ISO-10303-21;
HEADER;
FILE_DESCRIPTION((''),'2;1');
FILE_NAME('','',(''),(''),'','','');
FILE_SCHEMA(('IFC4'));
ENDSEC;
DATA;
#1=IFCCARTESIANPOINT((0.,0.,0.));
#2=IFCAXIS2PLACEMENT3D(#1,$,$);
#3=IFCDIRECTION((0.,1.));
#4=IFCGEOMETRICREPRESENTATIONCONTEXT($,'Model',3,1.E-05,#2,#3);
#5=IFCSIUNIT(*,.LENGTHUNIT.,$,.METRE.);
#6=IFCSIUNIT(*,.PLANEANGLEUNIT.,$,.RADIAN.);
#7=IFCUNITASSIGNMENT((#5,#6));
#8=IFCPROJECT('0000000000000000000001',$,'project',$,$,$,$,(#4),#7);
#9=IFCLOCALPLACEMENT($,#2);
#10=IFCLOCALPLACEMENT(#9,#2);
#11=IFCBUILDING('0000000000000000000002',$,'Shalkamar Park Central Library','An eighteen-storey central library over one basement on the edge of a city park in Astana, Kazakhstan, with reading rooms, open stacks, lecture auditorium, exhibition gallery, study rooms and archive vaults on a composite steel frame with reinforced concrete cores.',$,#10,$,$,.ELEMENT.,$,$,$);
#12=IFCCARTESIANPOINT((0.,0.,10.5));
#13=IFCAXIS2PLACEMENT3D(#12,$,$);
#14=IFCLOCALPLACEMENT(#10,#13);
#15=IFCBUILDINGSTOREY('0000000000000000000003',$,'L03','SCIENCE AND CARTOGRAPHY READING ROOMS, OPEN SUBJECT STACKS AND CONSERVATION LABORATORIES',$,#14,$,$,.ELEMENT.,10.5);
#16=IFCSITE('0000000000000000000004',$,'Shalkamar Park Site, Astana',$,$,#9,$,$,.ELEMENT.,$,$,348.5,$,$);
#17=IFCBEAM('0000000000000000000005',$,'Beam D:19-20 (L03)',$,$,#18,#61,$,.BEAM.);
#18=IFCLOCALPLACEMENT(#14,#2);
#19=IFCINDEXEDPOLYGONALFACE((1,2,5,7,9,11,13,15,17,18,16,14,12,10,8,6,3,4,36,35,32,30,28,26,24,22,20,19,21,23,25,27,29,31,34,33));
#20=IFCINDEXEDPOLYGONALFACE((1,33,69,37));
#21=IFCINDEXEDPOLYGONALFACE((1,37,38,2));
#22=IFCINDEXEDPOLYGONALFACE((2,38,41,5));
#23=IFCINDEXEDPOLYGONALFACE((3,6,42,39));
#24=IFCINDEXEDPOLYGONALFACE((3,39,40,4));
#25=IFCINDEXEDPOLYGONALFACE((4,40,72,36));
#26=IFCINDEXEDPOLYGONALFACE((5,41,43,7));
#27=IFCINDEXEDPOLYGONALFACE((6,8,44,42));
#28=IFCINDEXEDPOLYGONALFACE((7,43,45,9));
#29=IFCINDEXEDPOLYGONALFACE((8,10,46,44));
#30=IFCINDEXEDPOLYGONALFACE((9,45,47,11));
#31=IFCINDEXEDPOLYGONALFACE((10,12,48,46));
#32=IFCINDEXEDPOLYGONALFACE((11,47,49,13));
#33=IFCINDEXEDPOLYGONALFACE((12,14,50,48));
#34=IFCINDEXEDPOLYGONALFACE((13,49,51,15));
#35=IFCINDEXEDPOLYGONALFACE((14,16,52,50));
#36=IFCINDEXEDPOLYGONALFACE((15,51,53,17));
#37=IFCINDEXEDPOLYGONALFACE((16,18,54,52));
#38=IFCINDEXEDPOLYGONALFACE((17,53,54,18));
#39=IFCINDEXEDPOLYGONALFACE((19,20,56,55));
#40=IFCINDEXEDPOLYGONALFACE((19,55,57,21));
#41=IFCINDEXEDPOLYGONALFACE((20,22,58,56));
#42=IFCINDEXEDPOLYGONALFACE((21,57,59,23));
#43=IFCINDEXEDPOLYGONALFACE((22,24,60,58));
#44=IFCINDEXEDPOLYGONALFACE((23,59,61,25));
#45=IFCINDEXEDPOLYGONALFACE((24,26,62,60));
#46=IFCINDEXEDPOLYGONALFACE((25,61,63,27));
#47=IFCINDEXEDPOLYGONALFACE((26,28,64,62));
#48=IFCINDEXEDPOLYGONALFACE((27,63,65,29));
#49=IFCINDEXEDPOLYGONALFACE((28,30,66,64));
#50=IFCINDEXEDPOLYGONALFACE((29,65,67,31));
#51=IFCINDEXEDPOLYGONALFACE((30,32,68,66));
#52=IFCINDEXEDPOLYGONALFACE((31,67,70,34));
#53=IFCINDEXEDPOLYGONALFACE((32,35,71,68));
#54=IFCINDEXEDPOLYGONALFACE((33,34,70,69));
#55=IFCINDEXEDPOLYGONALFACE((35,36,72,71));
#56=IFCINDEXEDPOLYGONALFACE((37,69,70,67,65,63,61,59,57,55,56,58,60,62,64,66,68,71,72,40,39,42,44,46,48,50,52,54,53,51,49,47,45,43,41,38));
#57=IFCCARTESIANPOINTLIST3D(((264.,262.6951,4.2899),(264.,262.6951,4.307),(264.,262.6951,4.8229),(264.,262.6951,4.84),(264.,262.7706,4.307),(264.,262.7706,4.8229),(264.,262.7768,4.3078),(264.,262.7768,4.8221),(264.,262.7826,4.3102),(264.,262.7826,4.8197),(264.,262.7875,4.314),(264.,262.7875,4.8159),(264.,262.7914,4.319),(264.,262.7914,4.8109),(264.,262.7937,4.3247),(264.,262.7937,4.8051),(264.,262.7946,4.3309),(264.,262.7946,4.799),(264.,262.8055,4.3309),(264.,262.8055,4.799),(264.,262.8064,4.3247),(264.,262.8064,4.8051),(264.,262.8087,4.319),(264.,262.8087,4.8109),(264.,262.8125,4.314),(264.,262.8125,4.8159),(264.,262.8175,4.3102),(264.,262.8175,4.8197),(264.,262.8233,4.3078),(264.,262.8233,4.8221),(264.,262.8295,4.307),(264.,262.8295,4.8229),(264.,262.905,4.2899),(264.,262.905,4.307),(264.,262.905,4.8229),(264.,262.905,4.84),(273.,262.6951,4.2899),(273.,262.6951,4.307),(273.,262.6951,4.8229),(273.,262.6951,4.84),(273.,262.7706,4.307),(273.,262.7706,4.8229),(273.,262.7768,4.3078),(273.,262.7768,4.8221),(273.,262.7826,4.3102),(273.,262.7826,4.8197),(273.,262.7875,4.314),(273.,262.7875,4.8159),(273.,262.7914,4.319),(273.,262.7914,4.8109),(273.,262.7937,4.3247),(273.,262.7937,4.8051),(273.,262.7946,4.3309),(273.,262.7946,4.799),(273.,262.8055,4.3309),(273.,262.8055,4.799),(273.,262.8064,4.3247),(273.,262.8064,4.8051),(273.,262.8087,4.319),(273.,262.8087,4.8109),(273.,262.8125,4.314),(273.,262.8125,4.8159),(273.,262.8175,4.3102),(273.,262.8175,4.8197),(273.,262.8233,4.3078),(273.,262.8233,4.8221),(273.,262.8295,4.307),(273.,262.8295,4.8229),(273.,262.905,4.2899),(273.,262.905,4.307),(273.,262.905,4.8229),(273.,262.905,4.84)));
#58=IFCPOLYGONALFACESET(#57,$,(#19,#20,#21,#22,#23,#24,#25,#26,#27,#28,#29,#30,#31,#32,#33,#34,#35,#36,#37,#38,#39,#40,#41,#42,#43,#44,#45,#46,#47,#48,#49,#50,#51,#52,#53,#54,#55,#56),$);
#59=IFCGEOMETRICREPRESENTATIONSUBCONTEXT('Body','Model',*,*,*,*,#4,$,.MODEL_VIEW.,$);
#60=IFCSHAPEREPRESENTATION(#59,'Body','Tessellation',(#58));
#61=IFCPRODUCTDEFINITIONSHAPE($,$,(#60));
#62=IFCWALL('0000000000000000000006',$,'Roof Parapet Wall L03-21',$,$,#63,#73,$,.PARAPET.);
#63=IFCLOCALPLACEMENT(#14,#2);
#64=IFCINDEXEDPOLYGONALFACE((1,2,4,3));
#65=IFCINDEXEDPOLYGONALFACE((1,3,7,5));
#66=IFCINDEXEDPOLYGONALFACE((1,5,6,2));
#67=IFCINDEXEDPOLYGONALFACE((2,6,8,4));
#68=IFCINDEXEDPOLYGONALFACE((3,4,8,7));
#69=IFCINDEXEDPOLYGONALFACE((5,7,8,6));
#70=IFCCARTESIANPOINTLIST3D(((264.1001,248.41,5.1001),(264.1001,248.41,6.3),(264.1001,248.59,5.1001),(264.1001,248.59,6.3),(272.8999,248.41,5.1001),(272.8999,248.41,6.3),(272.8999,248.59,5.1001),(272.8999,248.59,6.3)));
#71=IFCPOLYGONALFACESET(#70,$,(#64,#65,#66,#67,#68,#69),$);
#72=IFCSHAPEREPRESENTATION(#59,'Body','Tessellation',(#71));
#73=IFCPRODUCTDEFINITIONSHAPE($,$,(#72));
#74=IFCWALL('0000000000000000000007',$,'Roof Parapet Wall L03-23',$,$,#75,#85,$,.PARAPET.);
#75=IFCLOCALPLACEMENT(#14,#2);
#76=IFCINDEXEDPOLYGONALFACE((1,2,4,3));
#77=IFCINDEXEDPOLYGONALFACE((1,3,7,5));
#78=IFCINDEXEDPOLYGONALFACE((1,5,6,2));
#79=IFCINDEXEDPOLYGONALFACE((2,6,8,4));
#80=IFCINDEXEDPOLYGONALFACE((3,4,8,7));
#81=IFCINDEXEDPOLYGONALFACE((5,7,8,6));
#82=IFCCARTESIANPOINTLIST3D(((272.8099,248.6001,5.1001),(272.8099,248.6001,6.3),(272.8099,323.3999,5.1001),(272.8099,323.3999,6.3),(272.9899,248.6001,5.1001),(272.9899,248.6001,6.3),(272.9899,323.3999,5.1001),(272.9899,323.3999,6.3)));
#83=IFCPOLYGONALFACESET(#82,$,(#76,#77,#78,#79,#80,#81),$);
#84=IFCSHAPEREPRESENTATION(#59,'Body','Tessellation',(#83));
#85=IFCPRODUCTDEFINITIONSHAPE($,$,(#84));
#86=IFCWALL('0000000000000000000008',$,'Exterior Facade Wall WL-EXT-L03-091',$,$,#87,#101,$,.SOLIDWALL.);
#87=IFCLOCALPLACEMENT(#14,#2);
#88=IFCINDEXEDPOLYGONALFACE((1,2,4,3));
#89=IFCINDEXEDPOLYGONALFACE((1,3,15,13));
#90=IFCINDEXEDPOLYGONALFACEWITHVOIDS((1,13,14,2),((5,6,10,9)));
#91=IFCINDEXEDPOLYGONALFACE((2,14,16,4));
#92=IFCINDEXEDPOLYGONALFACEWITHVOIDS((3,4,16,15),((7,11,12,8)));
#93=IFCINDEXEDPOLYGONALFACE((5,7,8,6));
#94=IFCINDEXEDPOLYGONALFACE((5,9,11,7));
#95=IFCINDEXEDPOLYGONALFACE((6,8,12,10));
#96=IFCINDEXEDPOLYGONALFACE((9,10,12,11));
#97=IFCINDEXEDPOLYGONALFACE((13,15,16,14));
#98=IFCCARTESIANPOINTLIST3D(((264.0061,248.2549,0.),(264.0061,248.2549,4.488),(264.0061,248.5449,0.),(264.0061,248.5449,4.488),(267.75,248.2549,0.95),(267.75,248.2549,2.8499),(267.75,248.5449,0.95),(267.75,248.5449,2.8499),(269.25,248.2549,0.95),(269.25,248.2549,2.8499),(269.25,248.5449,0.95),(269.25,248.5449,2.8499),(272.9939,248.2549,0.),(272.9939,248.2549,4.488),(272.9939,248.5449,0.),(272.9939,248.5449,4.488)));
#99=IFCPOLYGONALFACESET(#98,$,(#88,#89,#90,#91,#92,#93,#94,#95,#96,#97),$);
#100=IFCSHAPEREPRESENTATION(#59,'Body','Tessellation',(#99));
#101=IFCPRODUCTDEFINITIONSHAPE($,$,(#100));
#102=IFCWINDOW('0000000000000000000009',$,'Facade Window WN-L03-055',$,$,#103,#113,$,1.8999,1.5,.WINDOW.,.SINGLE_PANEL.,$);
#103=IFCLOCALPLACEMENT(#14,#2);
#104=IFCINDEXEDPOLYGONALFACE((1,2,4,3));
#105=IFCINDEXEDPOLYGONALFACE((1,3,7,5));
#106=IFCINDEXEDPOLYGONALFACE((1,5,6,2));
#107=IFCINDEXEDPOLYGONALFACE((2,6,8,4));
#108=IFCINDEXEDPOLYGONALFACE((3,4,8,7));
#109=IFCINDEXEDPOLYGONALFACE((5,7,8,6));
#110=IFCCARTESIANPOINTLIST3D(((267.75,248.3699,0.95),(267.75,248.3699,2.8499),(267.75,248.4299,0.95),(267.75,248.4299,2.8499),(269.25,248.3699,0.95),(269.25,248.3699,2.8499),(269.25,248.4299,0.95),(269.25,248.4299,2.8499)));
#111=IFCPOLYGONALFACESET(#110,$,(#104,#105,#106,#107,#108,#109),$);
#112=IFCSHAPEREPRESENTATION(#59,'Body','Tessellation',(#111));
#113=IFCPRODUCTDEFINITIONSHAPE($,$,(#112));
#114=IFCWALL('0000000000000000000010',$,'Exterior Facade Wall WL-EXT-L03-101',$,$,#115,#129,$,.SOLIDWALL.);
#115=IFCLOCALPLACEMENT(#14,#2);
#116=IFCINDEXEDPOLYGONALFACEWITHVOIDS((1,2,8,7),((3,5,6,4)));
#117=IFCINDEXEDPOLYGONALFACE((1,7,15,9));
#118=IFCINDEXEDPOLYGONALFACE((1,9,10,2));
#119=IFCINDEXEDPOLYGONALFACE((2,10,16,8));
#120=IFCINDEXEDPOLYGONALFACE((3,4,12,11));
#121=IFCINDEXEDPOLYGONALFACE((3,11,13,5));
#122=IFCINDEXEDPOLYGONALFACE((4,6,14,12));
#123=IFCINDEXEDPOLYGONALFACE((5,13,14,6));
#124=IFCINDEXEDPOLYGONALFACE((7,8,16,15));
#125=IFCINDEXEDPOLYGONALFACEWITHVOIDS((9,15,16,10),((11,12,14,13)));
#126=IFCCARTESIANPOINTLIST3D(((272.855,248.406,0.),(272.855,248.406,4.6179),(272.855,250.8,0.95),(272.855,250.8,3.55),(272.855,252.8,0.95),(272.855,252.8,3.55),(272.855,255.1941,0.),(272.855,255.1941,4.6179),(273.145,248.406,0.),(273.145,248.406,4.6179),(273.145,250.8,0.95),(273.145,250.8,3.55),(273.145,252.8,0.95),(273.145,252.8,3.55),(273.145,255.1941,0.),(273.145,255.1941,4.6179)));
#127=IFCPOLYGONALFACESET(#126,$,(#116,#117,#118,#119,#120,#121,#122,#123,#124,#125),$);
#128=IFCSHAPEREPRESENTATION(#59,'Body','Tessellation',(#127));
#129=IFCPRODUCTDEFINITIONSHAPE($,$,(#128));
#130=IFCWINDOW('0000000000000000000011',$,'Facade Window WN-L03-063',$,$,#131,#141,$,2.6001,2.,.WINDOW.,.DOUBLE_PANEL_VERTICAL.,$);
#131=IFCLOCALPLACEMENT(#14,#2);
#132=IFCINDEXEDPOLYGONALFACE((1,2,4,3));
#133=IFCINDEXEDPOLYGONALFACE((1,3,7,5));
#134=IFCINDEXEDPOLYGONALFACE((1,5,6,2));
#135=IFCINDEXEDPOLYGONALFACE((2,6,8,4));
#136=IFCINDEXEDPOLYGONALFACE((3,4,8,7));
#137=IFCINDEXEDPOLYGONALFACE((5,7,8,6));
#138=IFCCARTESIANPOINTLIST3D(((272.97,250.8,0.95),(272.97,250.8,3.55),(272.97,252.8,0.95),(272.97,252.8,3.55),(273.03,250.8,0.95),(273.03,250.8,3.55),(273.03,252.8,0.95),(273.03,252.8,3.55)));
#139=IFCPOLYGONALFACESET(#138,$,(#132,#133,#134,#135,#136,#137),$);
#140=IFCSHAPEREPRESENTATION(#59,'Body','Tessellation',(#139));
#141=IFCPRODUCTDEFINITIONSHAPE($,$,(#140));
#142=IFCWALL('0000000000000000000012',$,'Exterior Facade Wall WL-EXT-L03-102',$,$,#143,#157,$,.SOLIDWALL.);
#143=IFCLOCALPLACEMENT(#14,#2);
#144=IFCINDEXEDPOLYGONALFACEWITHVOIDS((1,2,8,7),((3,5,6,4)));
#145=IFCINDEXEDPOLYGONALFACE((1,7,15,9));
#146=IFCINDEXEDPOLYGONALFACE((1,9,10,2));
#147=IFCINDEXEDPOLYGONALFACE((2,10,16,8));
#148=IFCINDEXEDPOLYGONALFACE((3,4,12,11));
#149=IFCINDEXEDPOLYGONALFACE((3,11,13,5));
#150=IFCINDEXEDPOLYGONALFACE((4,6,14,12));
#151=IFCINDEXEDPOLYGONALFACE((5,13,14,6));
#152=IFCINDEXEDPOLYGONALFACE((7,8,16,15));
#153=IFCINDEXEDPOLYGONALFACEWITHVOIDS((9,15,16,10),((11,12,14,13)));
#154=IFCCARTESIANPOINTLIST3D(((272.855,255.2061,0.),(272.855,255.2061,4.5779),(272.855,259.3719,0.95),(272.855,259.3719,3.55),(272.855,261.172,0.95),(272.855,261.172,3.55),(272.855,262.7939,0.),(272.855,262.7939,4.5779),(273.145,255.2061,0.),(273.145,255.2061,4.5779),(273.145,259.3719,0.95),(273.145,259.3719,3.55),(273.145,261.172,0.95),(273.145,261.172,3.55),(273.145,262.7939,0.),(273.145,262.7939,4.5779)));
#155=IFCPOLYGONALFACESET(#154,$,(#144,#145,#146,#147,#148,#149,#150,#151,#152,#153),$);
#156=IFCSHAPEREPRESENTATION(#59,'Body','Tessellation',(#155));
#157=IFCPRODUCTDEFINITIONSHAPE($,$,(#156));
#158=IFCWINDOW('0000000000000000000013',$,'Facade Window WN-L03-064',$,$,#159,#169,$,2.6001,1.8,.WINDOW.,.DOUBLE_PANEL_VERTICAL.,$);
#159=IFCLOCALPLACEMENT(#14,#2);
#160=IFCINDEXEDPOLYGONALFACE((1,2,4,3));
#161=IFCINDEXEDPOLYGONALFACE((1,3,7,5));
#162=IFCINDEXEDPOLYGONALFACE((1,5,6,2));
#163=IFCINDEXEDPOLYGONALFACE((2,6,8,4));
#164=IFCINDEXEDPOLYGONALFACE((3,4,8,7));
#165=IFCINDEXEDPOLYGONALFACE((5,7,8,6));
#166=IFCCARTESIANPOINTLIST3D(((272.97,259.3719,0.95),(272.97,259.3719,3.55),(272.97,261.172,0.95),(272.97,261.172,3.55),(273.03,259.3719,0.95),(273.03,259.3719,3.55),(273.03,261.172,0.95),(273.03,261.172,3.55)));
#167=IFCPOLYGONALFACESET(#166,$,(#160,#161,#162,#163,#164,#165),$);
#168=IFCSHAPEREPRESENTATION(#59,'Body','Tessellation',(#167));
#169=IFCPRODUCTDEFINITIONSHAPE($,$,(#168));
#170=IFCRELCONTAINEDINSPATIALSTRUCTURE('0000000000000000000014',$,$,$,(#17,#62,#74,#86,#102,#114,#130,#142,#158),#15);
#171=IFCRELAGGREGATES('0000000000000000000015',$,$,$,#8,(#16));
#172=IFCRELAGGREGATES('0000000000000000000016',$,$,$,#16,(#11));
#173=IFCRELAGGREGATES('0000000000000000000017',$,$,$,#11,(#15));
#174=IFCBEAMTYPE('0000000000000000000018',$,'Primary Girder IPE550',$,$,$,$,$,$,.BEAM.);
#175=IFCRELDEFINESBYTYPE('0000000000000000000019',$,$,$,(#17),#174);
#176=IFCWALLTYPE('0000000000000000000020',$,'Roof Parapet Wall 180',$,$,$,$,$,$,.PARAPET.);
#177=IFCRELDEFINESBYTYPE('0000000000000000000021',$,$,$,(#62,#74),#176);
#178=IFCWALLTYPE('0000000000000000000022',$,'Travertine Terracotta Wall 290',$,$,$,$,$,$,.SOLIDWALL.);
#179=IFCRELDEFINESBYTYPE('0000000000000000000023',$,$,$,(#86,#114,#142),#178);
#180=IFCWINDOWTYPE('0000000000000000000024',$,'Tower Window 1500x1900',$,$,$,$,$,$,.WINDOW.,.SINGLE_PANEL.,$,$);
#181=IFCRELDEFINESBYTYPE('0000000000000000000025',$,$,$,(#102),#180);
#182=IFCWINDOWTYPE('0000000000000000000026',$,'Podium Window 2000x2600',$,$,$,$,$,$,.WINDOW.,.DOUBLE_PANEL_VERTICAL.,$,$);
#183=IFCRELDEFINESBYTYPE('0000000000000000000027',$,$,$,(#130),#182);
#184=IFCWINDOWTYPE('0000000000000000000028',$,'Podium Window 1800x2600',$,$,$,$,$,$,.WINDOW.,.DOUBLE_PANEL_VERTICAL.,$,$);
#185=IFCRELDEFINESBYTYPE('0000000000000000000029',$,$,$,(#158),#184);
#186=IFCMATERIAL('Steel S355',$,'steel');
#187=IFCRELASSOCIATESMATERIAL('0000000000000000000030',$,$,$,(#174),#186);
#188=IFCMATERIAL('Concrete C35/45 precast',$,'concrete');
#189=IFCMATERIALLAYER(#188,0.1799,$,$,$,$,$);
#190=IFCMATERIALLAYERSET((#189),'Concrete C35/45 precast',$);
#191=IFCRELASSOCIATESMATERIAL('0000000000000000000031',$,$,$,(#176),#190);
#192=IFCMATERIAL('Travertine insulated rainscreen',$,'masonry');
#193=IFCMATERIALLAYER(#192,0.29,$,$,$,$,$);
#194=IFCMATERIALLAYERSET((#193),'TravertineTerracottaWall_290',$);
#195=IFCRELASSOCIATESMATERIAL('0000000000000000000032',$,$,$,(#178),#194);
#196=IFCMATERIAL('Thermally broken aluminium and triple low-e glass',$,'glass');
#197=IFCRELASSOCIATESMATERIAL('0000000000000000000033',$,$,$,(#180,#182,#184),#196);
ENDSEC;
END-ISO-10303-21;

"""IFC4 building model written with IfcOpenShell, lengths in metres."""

from ifc_helpers import new_model, si_unit, direction, frame, frame_2d, origin, origin_2d, place, context, subcontext, project, spatial, rectangle, i_section, extrude, material, layer, layer_set, material_profile, profile_set, type_object, element, fill, save


model = new_model("IFC4")

# Units and contexts
model_context = context("Model", 3, precision=1e-05, world=origin(), true_north=direction((0.0, 1.0)))
body_context = subcontext(model_context, "Body", "Model", "MODEL_VIEW")
ifc_project = project(units=[si_unit("LENGTHUNIT", "METRE"), si_unit("PLANEANGLEUNIT", "RADIAN")], contexts=[model_context])

# Site, building, storey
site_placement = place(None, origin())
site = spatial("IfcSite", under=ifc_project, at=site_placement, Name="Shalkamar Park Site, Astana", CompositionType="ELEMENT", RefElevation=348.5)
building_placement = place(site_placement, origin())
building = spatial("IfcBuilding", under=site, at=building_placement, Name="Shalkamar Park Central Library", Description="An eighteen-storey central library over one basement on the edge of a city park in Astana, Kazakhstan, with reading rooms, open stacks, lecture auditorium, exhibition gallery, study rooms and archive vaults on a composite steel frame with reinforced concrete cores.", CompositionType="ELEMENT")
storey_placement = place(building_placement, frame((0.0, 0.0, 10.5)))
storey = spatial("IfcBuildingStorey", under=building, at=storey_placement, Name="L03", Description="SCIENCE AND CARTOGRAPHY READING ROOMS, OPEN SUBJECT STACKS AND CONSERVATION LABORATORIES", CompositionType="ELEMENT", Elevation=10.5)

# Shared definitions
ifc_material_1 = material(Name="Steel S355", Category="steel")

# Beam
ifc_material_profile_1 = material_profile(ifc_material_1, i_section(OverallWidth=0.21, OverallDepth=0.55, WebThickness=0.011, FlangeThickness=0.0171, FilletRadius=0.0239, at=origin_2d()), Name="IPE 550")
ifc_profile_set_1 = profile_set([ifc_material_profile_1], Name="Steel S355")
beam_type_1 = type_object("IfcBeamType", Name="Primary Girder IPE550", PredefinedType="BEAM", material=ifc_profile_set_1)
for number, where, z_axis, x_axis, name in (
    (1, (264.0, 262.8, 4.5649), (1.0, 0.0, 0.0), (0.0, 1.0, 0.0), "Beam D:19-20 (L03)"),
):
    element("IfcBeam", number, at=place(storey_placement, frame(where, z_axis=z_axis, x_axis=x_axis)), inside=storey, type_object=beam_type_1, Name=name, PredefinedType="BEAM", context=body_context, shape_type="SweptSolid", body=[
        extrude(i_section(OverallWidth=0.21, OverallDepth=0.55, WebThickness=0.011, FlangeThickness=0.0171, FilletRadius=0.0239, at=origin_2d()), origin(), (0.0, 0.0, 1.0), 9.0),
    ])

# Walls
ifc_material_2 = material(Name="Concrete C35/45 precast", Category="concrete")
ifc_layer_1 = layer(ifc_material_2, 0.1799)
ifc_layer_set_1 = layer_set([ifc_layer_1], Name="Concrete C35/45 precast")
wall_type_1 = type_object("IfcWallType", Name="Roof Parapet Wall 180", PredefinedType="PARAPET", material=ifc_layer_set_1)
wall_1_placement = place(storey_placement, frame((264.1001, 248.5, 5.1001), z_axis=(0.0, 0.0, 1.0), x_axis=(1.0, 0.0, 0.0)))
element("IfcWall", 2, at=wall_1_placement, inside=storey, type_object=wall_type_1, Name="Roof Parapet Wall L03-21", PredefinedType="PARAPET", context=body_context, shape_type="SweptSolid", body=[
    extrude(rectangle(XDim=8.7998, YDim=0.1799, at=frame_2d((4.3999, 0.0))), origin(), (0.0, 0.0, 1.0), 1.2),
])
wall_2_placement = place(storey_placement, frame((272.8999, 248.6001, 5.1001), z_axis=(0.0, 0.0, 1.0), x_axis=(0.0, 1.0, 0.0)))
element("IfcWall", 3, at=wall_2_placement, inside=storey, type_object=wall_type_1, Name="Roof Parapet Wall L03-23", PredefinedType="PARAPET", context=body_context, shape_type="SweptSolid", body=[
    extrude(rectangle(XDim=74.7998, YDim=0.1799, at=frame_2d((37.3999, 0.0))), origin(), (0.0, 0.0, 1.0), 1.2),
])

# Walls, openings, windows
ifc_material_3 = material(Name="Travertine insulated rainscreen", Category="masonry")
ifc_layer_2 = layer(ifc_material_3, 0.29)
ifc_layer_set_2 = layer_set([ifc_layer_2], Name="TravertineTerracottaWall_290")
wall_type_2 = type_object("IfcWallType", Name="Travertine Terracotta Wall 290", PredefinedType="SOLIDWALL", material=ifc_layer_set_2)
wall_3_placement = place(storey_placement, frame((264.0061, 248.3999, 0.0), z_axis=(0.0, 0.0, 1.0), x_axis=(1.0, 0.0, 0.0)))
wall_3 = element("IfcWall", 4, at=wall_3_placement, inside=storey, type_object=wall_type_2, Name="Exterior Facade Wall WL-EXT-L03-091", PredefinedType="SOLIDWALL", context=body_context, shape_type="SweptSolid", body=[
    extrude(rectangle(XDim=8.9878, YDim=0.29, at=frame_2d((4.4939, 0.0))), origin(), (0.0, 0.0, 1.0), 4.488),
])
opening_1_placement = place(wall_3_placement, frame((3.7439, 0.0, 0.95)))
opening_1 = element("IfcOpeningElement", 5, at=opening_1_placement, cuts=wall_3, PredefinedType="OPENING", context=body_context, shape_type="SweptSolid", body=[
    extrude(rectangle(XDim=1.5, YDim=1.8999, at=frame_2d((0.75, 0.95))), frame((0.0, 0.1599, 0.0), z_axis=(0.0, -1.0, 0.0), x_axis=(1.0, 0.0, 0.0)), (0.0, 0.0, 1.0), 0.3198),
])
ifc_material_4 = material(Name="Thermally broken aluminium and triple low-e glass", Category="glass")
window_type_1 = type_object("IfcWindowType", Name="Tower Window 1500x1900", PartitioningType="SINGLE_PANEL", PredefinedType="WINDOW", material=ifc_material_4)
window_1_placement = place(opening_1_placement, origin())
window_1 = element("IfcWindow", 6, at=window_1_placement, inside=storey, type_object=window_type_1, Name="Facade Window WN-L03-055", OverallHeight=1.8999, OverallWidth=1.5, PartitioningType="SINGLE_PANEL", PredefinedType="WINDOW", context=body_context, shape_type="SweptSolid", body=[
    extrude(rectangle(XDim=1.5, YDim=1.8999, at=frame_2d((0.75, 0.95))), frame((0.0, 0.03, 0.0), z_axis=(0.0, -1.0, 0.0), x_axis=(1.0, 0.0, 0.0)), (0.0, 0.0, 1.0), 0.0601),
])
fill(opening_1, window_1)
wall_4_placement = place(storey_placement, frame((273.0, 248.406, 0.0), z_axis=(0.0, 0.0, 1.0), x_axis=(0.0, 1.0, 0.0)))
wall_4 = element("IfcWall", 7, at=wall_4_placement, inside=storey, type_object=wall_type_2, Name="Exterior Facade Wall WL-EXT-L03-101", PredefinedType="SOLIDWALL", context=body_context, shape_type="SweptSolid", body=[
    extrude(rectangle(XDim=6.7881, YDim=0.29, at=frame_2d((3.394, 0.0))), origin(), (0.0, 0.0, 1.0), 4.6179),
])
opening_2_placement = place(wall_4_placement, frame((2.394, 0.0, 0.95)))
opening_2 = element("IfcOpeningElement", 8, at=opening_2_placement, cuts=wall_4, PredefinedType="OPENING", context=body_context, shape_type="SweptSolid", body=[
    extrude(rectangle(XDim=2.0, YDim=2.6001, at=frame_2d((1.0, 1.3))), frame((0.0, 0.1599, 0.0), z_axis=(0.0, -1.0, 0.0), x_axis=(1.0, 0.0, 0.0)), (0.0, 0.0, 1.0), 0.3198),
])
window_type_2 = type_object("IfcWindowType", Name="Podium Window 2000x2600", PartitioningType="DOUBLE_PANEL_VERTICAL", PredefinedType="WINDOW", material=ifc_material_4)
window_2_placement = place(opening_2_placement, origin())
window_2 = element("IfcWindow", 9, at=window_2_placement, inside=storey, type_object=window_type_2, Name="Facade Window WN-L03-063", OverallHeight=2.6001, OverallWidth=2.0, PartitioningType="DOUBLE_PANEL_VERTICAL", PredefinedType="WINDOW", context=body_context, shape_type="SweptSolid", body=[
    extrude(rectangle(XDim=2.0, YDim=2.6001, at=frame_2d((1.0, 1.3))), frame((0.0, 0.03, 0.0), z_axis=(0.0, -1.0, 0.0), x_axis=(1.0, 0.0, 0.0)), (0.0, 0.0, 1.0), 0.0601),
])
fill(opening_2, window_2)
wall_5_placement = place(storey_placement, frame((273.0, 255.2061, 0.0), z_axis=(0.0, 0.0, 1.0), x_axis=(0.0, 1.0, 0.0)))
wall_5 = element("IfcWall", 10, at=wall_5_placement, inside=storey, type_object=wall_type_2, Name="Exterior Facade Wall WL-EXT-L03-102", PredefinedType="SOLIDWALL", context=body_context, shape_type="SweptSolid", body=[
    extrude(rectangle(XDim=7.5879, YDim=0.29, at=frame_2d((3.7939, 0.0))), origin(), (0.0, 0.0, 1.0), 4.5779),
])
opening_3_placement = place(wall_5_placement, frame((4.166, 0.0, 0.95)))
opening_3 = element("IfcOpeningElement", 11, at=opening_3_placement, cuts=wall_5, PredefinedType="OPENING", context=body_context, shape_type="SweptSolid", body=[
    extrude(rectangle(XDim=1.8, YDim=2.6001, at=frame_2d((0.8999, 1.3))), frame((0.0, 0.1599, 0.0), z_axis=(0.0, -1.0, 0.0), x_axis=(1.0, 0.0, 0.0)), (0.0, 0.0, 1.0), 0.3198),
])
window_type_3 = type_object("IfcWindowType", Name="Podium Window 1800x2600", PartitioningType="DOUBLE_PANEL_VERTICAL", PredefinedType="WINDOW", material=ifc_material_4)
window_3_placement = place(opening_3_placement, origin())
window_3 = element("IfcWindow", 12, at=window_3_placement, inside=storey, type_object=window_type_3, Name="Facade Window WN-L03-064", OverallHeight=2.6001, OverallWidth=1.8, PartitioningType="DOUBLE_PANEL_VERTICAL", PredefinedType="WINDOW", context=body_context, shape_type="SweptSolid", body=[
    extrude(rectangle(XDim=1.8, YDim=2.6001, at=frame_2d((0.8999, 1.3))), frame((0.0, 0.03, 0.0), z_axis=(0.0, -1.0, 0.0), x_axis=(1.0, 0.0, 0.0)), (0.0, 0.0, 1.0), 0.0601),
])
fill(opening_3, window_3)

save(model, "model.ifc")
